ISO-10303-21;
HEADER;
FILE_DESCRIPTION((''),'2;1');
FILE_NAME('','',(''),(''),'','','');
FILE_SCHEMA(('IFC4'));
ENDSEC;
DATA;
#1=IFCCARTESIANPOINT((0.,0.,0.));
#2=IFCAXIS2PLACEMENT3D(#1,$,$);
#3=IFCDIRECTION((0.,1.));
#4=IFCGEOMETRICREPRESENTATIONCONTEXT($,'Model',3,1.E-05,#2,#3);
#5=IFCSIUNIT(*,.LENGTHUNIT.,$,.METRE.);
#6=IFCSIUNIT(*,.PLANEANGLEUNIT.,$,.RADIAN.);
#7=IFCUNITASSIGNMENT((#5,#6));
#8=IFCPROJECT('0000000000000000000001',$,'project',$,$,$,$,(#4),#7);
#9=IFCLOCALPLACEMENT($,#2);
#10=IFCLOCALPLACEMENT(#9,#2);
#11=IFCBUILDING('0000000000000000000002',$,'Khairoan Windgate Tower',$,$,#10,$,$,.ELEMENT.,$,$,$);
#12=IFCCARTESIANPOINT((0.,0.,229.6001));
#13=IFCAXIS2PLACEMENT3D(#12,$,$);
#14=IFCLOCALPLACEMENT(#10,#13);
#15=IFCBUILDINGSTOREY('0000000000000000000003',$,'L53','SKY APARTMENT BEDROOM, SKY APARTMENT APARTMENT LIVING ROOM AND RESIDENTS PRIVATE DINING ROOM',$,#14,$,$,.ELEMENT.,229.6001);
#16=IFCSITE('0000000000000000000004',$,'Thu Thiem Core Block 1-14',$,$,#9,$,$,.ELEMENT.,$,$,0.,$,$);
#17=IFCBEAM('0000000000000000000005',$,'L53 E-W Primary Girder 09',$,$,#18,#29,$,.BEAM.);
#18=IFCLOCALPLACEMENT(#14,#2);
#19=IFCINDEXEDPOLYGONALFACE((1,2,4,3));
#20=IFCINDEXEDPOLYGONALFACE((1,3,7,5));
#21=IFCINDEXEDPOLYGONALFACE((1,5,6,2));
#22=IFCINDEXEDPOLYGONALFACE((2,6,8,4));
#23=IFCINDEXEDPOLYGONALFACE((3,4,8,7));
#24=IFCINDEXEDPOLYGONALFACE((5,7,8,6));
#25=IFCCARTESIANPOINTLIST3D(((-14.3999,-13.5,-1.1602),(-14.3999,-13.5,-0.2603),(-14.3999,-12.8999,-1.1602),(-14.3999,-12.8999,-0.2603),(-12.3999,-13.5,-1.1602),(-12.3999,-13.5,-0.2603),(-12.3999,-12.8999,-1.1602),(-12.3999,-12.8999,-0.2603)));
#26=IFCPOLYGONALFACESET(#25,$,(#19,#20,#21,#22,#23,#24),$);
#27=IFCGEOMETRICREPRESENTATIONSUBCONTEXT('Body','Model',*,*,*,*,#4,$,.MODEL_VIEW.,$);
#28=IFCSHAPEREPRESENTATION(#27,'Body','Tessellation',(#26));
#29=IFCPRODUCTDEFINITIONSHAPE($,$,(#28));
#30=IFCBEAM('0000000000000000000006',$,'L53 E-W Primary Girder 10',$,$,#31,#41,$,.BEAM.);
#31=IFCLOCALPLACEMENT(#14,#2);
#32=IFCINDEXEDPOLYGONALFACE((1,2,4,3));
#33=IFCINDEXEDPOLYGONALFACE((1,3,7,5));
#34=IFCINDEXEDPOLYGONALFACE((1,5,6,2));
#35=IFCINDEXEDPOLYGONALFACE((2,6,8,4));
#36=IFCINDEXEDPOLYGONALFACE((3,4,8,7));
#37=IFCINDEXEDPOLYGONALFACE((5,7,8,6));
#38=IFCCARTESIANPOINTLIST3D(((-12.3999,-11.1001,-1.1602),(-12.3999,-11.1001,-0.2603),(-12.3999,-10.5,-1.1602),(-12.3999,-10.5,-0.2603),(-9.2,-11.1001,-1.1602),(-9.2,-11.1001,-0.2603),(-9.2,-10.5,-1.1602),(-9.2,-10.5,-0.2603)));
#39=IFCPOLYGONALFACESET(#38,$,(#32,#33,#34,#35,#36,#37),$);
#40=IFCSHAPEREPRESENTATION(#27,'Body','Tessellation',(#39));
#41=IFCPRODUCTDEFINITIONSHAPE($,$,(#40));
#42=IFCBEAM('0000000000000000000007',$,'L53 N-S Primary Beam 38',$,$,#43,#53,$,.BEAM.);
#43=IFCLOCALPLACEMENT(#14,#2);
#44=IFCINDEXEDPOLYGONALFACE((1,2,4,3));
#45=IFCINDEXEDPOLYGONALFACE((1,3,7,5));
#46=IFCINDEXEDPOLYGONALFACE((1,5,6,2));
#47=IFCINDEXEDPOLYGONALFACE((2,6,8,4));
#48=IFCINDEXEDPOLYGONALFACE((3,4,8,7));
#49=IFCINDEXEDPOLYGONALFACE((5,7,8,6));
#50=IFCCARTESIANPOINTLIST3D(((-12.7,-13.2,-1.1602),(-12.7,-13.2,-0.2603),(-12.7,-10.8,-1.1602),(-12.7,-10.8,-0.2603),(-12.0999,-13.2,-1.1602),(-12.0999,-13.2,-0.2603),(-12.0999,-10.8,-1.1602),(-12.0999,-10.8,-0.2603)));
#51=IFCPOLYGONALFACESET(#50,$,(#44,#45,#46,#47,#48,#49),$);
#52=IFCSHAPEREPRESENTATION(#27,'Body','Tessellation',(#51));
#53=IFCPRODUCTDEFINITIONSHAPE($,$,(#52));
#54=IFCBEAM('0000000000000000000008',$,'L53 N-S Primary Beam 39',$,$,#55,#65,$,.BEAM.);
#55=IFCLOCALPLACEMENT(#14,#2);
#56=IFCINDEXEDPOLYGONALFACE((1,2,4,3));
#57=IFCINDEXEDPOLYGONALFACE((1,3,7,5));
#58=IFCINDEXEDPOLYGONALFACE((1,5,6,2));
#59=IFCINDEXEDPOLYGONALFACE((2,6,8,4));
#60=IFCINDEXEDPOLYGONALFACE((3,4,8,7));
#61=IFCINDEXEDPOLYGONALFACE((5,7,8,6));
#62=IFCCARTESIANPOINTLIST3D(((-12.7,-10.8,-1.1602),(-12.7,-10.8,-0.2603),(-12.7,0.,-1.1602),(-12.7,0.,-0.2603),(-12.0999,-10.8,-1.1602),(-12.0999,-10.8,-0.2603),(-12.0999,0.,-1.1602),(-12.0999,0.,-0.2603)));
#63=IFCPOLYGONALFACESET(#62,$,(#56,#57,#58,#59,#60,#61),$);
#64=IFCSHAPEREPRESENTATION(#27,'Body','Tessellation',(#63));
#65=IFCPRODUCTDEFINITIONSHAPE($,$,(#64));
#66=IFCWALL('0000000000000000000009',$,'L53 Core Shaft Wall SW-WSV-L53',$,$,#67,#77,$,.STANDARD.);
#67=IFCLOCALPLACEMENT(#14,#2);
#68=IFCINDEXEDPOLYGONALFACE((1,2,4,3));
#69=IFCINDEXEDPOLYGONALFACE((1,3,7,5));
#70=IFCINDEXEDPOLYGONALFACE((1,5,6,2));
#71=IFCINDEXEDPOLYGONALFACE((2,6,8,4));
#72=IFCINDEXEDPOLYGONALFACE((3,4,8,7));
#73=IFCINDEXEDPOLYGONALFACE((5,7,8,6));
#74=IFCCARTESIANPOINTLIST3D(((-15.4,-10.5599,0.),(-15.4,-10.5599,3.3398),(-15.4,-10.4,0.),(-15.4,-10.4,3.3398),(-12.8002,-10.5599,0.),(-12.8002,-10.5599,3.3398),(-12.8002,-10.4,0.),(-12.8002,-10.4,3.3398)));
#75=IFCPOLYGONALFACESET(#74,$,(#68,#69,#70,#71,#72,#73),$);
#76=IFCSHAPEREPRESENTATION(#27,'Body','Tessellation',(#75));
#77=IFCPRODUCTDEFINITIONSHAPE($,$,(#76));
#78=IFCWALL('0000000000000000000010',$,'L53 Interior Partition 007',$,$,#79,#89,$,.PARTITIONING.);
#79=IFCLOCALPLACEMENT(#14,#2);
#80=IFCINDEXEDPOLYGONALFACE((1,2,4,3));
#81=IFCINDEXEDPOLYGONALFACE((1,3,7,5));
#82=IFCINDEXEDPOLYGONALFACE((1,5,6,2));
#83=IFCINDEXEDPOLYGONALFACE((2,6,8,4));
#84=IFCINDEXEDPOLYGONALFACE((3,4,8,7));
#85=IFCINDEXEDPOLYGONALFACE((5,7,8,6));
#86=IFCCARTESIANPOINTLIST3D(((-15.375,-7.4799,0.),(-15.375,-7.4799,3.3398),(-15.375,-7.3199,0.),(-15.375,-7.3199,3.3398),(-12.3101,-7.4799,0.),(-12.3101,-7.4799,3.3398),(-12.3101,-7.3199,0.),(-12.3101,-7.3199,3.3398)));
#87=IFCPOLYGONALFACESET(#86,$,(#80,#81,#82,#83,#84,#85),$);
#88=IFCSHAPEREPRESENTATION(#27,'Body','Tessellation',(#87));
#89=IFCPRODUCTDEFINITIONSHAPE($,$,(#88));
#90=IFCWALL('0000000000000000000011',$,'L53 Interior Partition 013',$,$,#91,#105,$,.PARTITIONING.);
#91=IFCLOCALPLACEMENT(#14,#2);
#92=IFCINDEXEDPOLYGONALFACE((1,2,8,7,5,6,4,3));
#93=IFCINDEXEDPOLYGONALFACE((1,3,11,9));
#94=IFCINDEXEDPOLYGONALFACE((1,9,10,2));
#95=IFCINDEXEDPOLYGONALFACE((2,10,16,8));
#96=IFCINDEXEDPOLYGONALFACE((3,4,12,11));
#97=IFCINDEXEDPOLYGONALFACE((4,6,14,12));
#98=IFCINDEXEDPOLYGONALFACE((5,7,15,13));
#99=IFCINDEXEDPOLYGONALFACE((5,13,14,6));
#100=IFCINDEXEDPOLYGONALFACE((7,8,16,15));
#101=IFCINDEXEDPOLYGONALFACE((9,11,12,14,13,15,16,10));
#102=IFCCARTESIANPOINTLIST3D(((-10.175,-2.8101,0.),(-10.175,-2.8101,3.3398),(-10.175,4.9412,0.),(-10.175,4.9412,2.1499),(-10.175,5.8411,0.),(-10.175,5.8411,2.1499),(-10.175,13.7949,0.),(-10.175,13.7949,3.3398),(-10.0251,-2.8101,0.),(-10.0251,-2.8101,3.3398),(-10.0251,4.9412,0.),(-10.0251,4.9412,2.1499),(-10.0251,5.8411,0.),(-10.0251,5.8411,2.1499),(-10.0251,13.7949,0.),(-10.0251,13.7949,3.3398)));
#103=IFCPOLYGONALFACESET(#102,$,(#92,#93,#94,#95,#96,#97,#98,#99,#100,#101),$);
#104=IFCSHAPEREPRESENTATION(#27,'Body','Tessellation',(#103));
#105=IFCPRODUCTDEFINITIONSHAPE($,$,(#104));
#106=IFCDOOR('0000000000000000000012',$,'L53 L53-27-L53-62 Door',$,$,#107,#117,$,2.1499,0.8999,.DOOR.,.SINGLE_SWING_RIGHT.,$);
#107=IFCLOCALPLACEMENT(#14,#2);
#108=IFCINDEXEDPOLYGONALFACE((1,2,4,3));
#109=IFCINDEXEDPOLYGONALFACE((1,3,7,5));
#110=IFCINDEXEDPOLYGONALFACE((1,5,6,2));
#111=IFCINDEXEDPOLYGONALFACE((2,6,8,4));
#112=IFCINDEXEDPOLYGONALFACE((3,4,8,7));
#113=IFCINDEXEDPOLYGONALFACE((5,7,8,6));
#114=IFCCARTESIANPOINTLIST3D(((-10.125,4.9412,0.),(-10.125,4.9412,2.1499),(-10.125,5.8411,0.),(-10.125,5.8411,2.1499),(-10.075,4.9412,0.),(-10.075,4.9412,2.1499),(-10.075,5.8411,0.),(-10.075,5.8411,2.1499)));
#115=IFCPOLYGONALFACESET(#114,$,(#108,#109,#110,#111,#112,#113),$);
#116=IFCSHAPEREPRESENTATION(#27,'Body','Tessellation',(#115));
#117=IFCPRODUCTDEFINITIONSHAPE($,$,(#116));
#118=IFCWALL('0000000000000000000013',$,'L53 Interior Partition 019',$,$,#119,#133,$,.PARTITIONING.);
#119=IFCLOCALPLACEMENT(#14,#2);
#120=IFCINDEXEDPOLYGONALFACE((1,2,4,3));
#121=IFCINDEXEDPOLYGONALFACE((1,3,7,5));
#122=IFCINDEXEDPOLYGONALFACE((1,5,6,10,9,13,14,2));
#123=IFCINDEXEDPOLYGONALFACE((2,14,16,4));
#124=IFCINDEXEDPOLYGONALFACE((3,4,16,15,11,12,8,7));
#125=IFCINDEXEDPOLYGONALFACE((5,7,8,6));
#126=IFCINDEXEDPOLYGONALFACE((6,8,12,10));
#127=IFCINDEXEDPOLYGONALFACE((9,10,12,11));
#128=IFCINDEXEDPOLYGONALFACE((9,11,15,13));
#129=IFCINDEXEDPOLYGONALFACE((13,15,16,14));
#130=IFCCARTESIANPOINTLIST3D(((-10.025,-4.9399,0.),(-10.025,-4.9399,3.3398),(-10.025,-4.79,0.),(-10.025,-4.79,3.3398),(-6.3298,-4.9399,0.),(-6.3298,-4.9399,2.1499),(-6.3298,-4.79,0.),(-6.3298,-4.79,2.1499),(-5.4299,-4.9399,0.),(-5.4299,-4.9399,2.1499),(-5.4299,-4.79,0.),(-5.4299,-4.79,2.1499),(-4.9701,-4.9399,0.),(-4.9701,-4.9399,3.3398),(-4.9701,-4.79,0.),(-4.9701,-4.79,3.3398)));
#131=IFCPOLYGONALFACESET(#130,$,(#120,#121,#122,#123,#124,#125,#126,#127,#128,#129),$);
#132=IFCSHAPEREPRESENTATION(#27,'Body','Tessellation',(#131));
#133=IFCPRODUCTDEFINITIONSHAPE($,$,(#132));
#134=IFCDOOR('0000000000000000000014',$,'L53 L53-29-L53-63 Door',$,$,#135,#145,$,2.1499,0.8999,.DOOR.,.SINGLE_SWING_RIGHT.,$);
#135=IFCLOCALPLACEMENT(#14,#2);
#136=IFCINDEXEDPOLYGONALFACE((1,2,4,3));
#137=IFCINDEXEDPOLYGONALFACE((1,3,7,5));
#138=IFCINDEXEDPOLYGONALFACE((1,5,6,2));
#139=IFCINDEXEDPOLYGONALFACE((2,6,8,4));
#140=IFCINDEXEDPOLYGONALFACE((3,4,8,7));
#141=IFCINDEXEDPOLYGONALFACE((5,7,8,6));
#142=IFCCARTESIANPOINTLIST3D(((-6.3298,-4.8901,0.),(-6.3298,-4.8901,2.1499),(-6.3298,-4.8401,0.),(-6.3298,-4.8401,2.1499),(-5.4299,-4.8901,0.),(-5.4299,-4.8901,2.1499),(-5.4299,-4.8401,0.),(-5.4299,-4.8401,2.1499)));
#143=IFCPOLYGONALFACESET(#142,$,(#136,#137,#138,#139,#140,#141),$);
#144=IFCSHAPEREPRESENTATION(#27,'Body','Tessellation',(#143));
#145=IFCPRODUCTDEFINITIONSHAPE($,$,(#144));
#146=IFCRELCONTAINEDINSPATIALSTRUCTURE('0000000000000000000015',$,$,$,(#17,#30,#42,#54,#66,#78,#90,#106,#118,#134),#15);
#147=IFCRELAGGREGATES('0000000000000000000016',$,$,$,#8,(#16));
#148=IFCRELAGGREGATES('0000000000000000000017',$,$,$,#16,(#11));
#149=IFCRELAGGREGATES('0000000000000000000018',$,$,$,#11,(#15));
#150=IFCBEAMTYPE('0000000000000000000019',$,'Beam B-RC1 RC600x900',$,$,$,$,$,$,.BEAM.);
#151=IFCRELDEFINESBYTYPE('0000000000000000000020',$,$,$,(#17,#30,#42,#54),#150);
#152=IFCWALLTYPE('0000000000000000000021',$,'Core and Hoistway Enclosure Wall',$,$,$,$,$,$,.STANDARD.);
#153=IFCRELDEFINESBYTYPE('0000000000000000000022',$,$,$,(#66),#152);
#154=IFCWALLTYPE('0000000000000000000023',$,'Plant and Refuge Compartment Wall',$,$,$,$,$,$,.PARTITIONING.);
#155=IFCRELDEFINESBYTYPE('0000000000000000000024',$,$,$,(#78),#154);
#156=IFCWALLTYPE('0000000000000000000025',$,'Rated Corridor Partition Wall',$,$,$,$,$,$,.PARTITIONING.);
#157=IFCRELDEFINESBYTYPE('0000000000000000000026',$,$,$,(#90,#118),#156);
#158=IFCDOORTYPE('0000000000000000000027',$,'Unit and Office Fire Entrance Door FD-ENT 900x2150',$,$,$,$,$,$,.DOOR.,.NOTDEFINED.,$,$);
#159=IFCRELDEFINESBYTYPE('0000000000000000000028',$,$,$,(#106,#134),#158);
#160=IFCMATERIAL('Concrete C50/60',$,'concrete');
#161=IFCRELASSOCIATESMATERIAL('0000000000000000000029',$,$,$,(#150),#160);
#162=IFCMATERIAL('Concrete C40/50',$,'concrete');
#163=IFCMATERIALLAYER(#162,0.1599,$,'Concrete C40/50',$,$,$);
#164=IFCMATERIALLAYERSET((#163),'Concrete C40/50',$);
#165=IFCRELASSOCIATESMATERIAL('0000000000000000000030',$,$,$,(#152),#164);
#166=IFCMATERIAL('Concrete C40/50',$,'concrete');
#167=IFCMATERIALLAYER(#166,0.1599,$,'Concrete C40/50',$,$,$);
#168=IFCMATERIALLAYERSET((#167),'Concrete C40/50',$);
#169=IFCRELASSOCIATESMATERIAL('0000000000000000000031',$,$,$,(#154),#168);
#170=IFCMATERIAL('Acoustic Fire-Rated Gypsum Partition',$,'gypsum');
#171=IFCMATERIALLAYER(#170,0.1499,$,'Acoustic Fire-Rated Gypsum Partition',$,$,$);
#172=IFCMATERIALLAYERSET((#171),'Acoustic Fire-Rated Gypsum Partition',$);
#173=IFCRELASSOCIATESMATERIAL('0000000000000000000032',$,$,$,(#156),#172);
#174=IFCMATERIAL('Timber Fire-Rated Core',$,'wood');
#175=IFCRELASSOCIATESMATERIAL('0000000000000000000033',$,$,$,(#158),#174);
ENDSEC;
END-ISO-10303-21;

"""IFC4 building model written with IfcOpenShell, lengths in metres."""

from ifc_helpers import new_model, si_unit, direction, frame, frame_2d, origin, origin_2d, place, context, subcontext, project, spatial, rectangle, extrude, material, layer, layer_set, material_profile, profile_set, type_object, element, fill, save


model = new_model("IFC4")

# Units and contexts
model_context = context("Model", 3, precision=1e-05, world=origin(), true_north=direction((0.0, 1.0)))
body_context = subcontext(model_context, "Body", "Model", "MODEL_VIEW")
ifc_project = project(units=[si_unit("LENGTHUNIT", "METRE"), si_unit("PLANEANGLEUNIT", "RADIAN")], contexts=[model_context])

# Site, building, storey
site_placement = place(None, origin())
site = spatial("IfcSite", under=ifc_project, at=site_placement, Name="Thu Thiem Core Block 1-14", CompositionType="ELEMENT", RefElevation=0.0)
building_placement = place(site_placement, origin())
building = spatial("IfcBuilding", under=site, at=building_placement, Name="Khairoan Windgate Tower", CompositionType="ELEMENT")
storey_placement = place(building_placement, frame((0.0, 0.0, 229.6001)))
storey = spatial("IfcBuildingStorey", under=building, at=storey_placement, Name="L53", Description="SKY APARTMENT BEDROOM, SKY APARTMENT APARTMENT LIVING ROOM AND RESIDENTS PRIVATE DINING ROOM", CompositionType="ELEMENT", Elevation=229.6001)

# Beams
ifc_material_1 = material(Name="Concrete C50/60", Category="concrete")
ifc_material_profile = material_profile(ifc_material_1, rectangle(XDim=0.6001, YDim=0.8999, at=origin_2d()))
ifc_profile_set = profile_set([ifc_material_profile], Name="Concrete C50/60")
beam_type = type_object("IfcBeamType", Name="Beam B-RC1 RC600x900", PredefinedType="BEAM", material=ifc_profile_set)
beam_1_placement = place(storey_placement, frame((-14.3999, -13.2, -0.7102), z_axis=(1.0, 0.0, 0.0), x_axis=(0.0, 1.0, 0.0)))
element("IfcBeam", 1, at=beam_1_placement, inside=storey, type_object=beam_type, Name="L53 E-W Primary Girder 09", PredefinedType="BEAM", context=body_context, shape_type="SweptSolid", body=[
    extrude(rectangle(XDim=0.6001, YDim=0.8999, at=origin_2d()), origin(), (0.0, 0.0, 1.0), 2.0),
])
beam_2_placement = place(storey_placement, frame((-12.3999, -10.8, -0.7102), z_axis=(1.0, 0.0, 0.0), x_axis=(0.0, 1.0, 0.0)))
element("IfcBeam", 2, at=beam_2_placement, inside=storey, type_object=beam_type, Name="L53 E-W Primary Girder 10", PredefinedType="BEAM", context=body_context, shape_type="SweptSolid", body=[
    extrude(rectangle(XDim=0.6001, YDim=0.8999, at=origin_2d()), origin(), (0.0, 0.0, 1.0), 3.2),
])
beam_3_placement = place(storey_placement, frame((-12.3999, -13.2, -0.7102), z_axis=(0.0, 1.0, 0.0), x_axis=(-1.0, 0.0, 0.0)))
element("IfcBeam", 3, at=beam_3_placement, inside=storey, type_object=beam_type, Name="L53 N-S Primary Beam 38", PredefinedType="BEAM", context=body_context, shape_type="SweptSolid", body=[
    extrude(rectangle(XDim=0.6001, YDim=0.8999, at=origin_2d()), origin(), (0.0, 0.0, 1.0), 2.3999),
])
beam_4_placement = place(storey_placement, frame((-12.3999, -10.8, -0.7102), z_axis=(0.0, 1.0, 0.0), x_axis=(-1.0, 0.0, 0.0)))
element("IfcBeam", 4, at=beam_4_placement, inside=storey, type_object=beam_type, Name="L53 N-S Primary Beam 39", PredefinedType="BEAM", context=body_context, shape_type="SweptSolid", body=[
    extrude(rectangle(XDim=0.6001, YDim=0.8999, at=origin_2d()), origin(), (0.0, 0.0, 1.0), 10.8),
])

# Walls
ifc_material_2 = material(Name="Concrete C40/50", Category="concrete")
ifc_layer_1 = layer(ifc_material_2, 0.1599, Name="Concrete C40/50")
ifc_layer_set_1 = layer_set([ifc_layer_1], Name="Concrete C40/50")
wall_type_1 = type_object("IfcWallType", Name="Core and Hoistway Enclosure Wall", PredefinedType="STANDARD", material=ifc_layer_set_1)
wall_1_placement = place(storey_placement, frame((-15.3999, -10.48, 0.0), z_axis=(0.0, 0.0, 1.0), x_axis=(1.0, 0.0, 0.0)))
element("IfcWall", 5, at=wall_1_placement, inside=storey, type_object=wall_type_1, Name="L53 Core Shaft Wall SW-WSV-L53", PredefinedType="STANDARD", context=body_context, shape_type="SweptSolid", body=[
    extrude(rectangle(XDim=2.5999, YDim=0.1599, at=frame_2d((1.2998, 0.0))), origin(), (0.0, 0.0, 1.0), 3.3398),
])
ifc_material_3 = material(Name="Concrete C40/50", Category="concrete")
ifc_layer_2 = layer(ifc_material_3, 0.1599, Name="Concrete C40/50")
ifc_layer_set_2 = layer_set([ifc_layer_2], Name="Concrete C40/50")
wall_type_2 = type_object("IfcWallType", Name="Plant and Refuge Compartment Wall", PredefinedType="PARTITIONING", material=ifc_layer_set_2)
wall_2_placement = place(storey_placement, frame((-15.375, -7.3999, 0.0), z_axis=(0.0, 0.0, 1.0), x_axis=(1.0, 0.0, 0.0)))
element("IfcWall", 6, at=wall_2_placement, inside=storey, type_object=wall_type_2, Name="L53 Interior Partition 007", PredefinedType="PARTITIONING", context=body_context, shape_type="SweptSolid", body=[
    extrude(rectangle(XDim=3.0649, YDim=0.1599, at=frame_2d((1.5325, 0.0))), origin(), (0.0, 0.0, 1.0), 3.3398),
])

# Walls, openings, doors
ifc_material_4 = material(Name="Acoustic Fire-Rated Gypsum Partition", Category="gypsum")
ifc_layer_3 = layer(ifc_material_4, 0.1499, Name="Acoustic Fire-Rated Gypsum Partition")
ifc_layer_set_3 = layer_set([ifc_layer_3], Name="Acoustic Fire-Rated Gypsum Partition")
wall_type_3 = type_object("IfcWallType", Name="Rated Corridor Partition Wall", PredefinedType="PARTITIONING", material=ifc_layer_set_3)
wall_3_placement = place(storey_placement, frame((-10.1001, -2.8101, 0.0), z_axis=(0.0, 0.0, 1.0), x_axis=(0.0, 1.0, 0.0)))
wall_3 = element("IfcWall", 7, at=wall_3_placement, inside=storey, type_object=wall_type_3, Name="L53 Interior Partition 013", PredefinedType="PARTITIONING", context=body_context, shape_type="SweptSolid", body=[
    extrude(rectangle(XDim=16.605, YDim=0.1499, at=frame_2d((8.3025, 0.0))), origin(), (0.0, 0.0, 1.0), 3.3398),
])
opening_1_placement = place(wall_3_placement, frame((7.7512, 0.0, 0.0)))
opening_1 = element("IfcOpeningElement", 8, at=opening_1_placement, cuts=wall_3, PredefinedType="OPENING", context=body_context, shape_type="SweptSolid", body=[
    extrude(rectangle(XDim=0.8999, YDim=2.1499, at=frame_2d((0.45, 1.075))), frame((0.0, 0.085, 0.0), z_axis=(0.0, -1.0, 0.0), x_axis=(1.0, 0.0, 0.0)), (0.0, 0.0, 1.0), 0.1699),
])
ifc_material_5 = material(Name="Timber Fire-Rated Core", Category="wood")
door_type_1 = type_object("IfcDoorType", Name="Unit and Office Fire Entrance Door FD-ENT 900x2150", OperationType="NOTDEFINED", PredefinedType="DOOR", material=ifc_material_5)
door_1_placement = place(opening_1_placement, origin())
door_1 = element("IfcDoor", 9, at=door_1_placement, inside=storey, type_object=door_type_1, Name="L53 L53-27-L53-62 Door", OperationType="SINGLE_SWING_RIGHT", OverallHeight=2.1499, OverallWidth=0.8999, PredefinedType="DOOR", context=body_context, shape_type="SweptSolid", body=[
    extrude(rectangle(XDim=0.8999, YDim=2.1499, at=frame_2d((0.45, 1.075))), frame((0.0, 0.0249, 0.0), z_axis=(0.0, -1.0, 0.0), x_axis=(1.0, 0.0, 0.0)), (0.0, 0.0, 1.0), 0.05),
])
fill(opening_1, door_1)
wall_4_placement = place(storey_placement, frame((-10.0249, -4.865, 0.0), z_axis=(0.0, 0.0, 1.0), x_axis=(1.0, 0.0, 0.0)))
wall_4 = element("IfcWall", 10, at=wall_4_placement, inside=storey, type_object=wall_type_3, Name="L53 Interior Partition 019", PredefinedType="PARTITIONING", context=body_context, shape_type="SweptSolid", body=[
    extrude(rectangle(XDim=5.0549, YDim=0.1499, at=frame_2d((2.5273, 0.0))), origin(), (0.0, 0.0, 1.0), 3.3398),
])
opening_2_placement = place(wall_4_placement, frame((3.6951, 0.0, 0.0)))
opening_2 = element("IfcOpeningElement", 11, at=opening_2_placement, cuts=wall_4, PredefinedType="OPENING", context=body_context, shape_type="SweptSolid", body=[
    extrude(rectangle(XDim=0.8999, YDim=2.1499, at=frame_2d((0.45, 1.075))), frame((0.0, 0.085, 0.0), z_axis=(0.0, -1.0, 0.0), x_axis=(1.0, 0.0, 0.0)), (0.0, 0.0, 1.0), 0.1699),
])
door_2_placement = place(opening_2_placement, origin())
door_2 = element("IfcDoor", 12, at=door_2_placement, inside=storey, type_object=door_type_1, Name="L53 L53-29-L53-63 Door", OperationType="SINGLE_SWING_RIGHT", OverallHeight=2.1499, OverallWidth=0.8999, PredefinedType="DOOR", context=body_context, shape_type="SweptSolid", body=[
    extrude(rectangle(XDim=0.8999, YDim=2.1499, at=frame_2d((0.45, 1.075))), frame((0.0, 0.0249, 0.0), z_axis=(0.0, -1.0, 0.0), x_axis=(1.0, 0.0, 0.0)), (0.0, 0.0, 1.0), 0.05),
])
fill(opening_2, door_2)

save(model, "model.ifc")
